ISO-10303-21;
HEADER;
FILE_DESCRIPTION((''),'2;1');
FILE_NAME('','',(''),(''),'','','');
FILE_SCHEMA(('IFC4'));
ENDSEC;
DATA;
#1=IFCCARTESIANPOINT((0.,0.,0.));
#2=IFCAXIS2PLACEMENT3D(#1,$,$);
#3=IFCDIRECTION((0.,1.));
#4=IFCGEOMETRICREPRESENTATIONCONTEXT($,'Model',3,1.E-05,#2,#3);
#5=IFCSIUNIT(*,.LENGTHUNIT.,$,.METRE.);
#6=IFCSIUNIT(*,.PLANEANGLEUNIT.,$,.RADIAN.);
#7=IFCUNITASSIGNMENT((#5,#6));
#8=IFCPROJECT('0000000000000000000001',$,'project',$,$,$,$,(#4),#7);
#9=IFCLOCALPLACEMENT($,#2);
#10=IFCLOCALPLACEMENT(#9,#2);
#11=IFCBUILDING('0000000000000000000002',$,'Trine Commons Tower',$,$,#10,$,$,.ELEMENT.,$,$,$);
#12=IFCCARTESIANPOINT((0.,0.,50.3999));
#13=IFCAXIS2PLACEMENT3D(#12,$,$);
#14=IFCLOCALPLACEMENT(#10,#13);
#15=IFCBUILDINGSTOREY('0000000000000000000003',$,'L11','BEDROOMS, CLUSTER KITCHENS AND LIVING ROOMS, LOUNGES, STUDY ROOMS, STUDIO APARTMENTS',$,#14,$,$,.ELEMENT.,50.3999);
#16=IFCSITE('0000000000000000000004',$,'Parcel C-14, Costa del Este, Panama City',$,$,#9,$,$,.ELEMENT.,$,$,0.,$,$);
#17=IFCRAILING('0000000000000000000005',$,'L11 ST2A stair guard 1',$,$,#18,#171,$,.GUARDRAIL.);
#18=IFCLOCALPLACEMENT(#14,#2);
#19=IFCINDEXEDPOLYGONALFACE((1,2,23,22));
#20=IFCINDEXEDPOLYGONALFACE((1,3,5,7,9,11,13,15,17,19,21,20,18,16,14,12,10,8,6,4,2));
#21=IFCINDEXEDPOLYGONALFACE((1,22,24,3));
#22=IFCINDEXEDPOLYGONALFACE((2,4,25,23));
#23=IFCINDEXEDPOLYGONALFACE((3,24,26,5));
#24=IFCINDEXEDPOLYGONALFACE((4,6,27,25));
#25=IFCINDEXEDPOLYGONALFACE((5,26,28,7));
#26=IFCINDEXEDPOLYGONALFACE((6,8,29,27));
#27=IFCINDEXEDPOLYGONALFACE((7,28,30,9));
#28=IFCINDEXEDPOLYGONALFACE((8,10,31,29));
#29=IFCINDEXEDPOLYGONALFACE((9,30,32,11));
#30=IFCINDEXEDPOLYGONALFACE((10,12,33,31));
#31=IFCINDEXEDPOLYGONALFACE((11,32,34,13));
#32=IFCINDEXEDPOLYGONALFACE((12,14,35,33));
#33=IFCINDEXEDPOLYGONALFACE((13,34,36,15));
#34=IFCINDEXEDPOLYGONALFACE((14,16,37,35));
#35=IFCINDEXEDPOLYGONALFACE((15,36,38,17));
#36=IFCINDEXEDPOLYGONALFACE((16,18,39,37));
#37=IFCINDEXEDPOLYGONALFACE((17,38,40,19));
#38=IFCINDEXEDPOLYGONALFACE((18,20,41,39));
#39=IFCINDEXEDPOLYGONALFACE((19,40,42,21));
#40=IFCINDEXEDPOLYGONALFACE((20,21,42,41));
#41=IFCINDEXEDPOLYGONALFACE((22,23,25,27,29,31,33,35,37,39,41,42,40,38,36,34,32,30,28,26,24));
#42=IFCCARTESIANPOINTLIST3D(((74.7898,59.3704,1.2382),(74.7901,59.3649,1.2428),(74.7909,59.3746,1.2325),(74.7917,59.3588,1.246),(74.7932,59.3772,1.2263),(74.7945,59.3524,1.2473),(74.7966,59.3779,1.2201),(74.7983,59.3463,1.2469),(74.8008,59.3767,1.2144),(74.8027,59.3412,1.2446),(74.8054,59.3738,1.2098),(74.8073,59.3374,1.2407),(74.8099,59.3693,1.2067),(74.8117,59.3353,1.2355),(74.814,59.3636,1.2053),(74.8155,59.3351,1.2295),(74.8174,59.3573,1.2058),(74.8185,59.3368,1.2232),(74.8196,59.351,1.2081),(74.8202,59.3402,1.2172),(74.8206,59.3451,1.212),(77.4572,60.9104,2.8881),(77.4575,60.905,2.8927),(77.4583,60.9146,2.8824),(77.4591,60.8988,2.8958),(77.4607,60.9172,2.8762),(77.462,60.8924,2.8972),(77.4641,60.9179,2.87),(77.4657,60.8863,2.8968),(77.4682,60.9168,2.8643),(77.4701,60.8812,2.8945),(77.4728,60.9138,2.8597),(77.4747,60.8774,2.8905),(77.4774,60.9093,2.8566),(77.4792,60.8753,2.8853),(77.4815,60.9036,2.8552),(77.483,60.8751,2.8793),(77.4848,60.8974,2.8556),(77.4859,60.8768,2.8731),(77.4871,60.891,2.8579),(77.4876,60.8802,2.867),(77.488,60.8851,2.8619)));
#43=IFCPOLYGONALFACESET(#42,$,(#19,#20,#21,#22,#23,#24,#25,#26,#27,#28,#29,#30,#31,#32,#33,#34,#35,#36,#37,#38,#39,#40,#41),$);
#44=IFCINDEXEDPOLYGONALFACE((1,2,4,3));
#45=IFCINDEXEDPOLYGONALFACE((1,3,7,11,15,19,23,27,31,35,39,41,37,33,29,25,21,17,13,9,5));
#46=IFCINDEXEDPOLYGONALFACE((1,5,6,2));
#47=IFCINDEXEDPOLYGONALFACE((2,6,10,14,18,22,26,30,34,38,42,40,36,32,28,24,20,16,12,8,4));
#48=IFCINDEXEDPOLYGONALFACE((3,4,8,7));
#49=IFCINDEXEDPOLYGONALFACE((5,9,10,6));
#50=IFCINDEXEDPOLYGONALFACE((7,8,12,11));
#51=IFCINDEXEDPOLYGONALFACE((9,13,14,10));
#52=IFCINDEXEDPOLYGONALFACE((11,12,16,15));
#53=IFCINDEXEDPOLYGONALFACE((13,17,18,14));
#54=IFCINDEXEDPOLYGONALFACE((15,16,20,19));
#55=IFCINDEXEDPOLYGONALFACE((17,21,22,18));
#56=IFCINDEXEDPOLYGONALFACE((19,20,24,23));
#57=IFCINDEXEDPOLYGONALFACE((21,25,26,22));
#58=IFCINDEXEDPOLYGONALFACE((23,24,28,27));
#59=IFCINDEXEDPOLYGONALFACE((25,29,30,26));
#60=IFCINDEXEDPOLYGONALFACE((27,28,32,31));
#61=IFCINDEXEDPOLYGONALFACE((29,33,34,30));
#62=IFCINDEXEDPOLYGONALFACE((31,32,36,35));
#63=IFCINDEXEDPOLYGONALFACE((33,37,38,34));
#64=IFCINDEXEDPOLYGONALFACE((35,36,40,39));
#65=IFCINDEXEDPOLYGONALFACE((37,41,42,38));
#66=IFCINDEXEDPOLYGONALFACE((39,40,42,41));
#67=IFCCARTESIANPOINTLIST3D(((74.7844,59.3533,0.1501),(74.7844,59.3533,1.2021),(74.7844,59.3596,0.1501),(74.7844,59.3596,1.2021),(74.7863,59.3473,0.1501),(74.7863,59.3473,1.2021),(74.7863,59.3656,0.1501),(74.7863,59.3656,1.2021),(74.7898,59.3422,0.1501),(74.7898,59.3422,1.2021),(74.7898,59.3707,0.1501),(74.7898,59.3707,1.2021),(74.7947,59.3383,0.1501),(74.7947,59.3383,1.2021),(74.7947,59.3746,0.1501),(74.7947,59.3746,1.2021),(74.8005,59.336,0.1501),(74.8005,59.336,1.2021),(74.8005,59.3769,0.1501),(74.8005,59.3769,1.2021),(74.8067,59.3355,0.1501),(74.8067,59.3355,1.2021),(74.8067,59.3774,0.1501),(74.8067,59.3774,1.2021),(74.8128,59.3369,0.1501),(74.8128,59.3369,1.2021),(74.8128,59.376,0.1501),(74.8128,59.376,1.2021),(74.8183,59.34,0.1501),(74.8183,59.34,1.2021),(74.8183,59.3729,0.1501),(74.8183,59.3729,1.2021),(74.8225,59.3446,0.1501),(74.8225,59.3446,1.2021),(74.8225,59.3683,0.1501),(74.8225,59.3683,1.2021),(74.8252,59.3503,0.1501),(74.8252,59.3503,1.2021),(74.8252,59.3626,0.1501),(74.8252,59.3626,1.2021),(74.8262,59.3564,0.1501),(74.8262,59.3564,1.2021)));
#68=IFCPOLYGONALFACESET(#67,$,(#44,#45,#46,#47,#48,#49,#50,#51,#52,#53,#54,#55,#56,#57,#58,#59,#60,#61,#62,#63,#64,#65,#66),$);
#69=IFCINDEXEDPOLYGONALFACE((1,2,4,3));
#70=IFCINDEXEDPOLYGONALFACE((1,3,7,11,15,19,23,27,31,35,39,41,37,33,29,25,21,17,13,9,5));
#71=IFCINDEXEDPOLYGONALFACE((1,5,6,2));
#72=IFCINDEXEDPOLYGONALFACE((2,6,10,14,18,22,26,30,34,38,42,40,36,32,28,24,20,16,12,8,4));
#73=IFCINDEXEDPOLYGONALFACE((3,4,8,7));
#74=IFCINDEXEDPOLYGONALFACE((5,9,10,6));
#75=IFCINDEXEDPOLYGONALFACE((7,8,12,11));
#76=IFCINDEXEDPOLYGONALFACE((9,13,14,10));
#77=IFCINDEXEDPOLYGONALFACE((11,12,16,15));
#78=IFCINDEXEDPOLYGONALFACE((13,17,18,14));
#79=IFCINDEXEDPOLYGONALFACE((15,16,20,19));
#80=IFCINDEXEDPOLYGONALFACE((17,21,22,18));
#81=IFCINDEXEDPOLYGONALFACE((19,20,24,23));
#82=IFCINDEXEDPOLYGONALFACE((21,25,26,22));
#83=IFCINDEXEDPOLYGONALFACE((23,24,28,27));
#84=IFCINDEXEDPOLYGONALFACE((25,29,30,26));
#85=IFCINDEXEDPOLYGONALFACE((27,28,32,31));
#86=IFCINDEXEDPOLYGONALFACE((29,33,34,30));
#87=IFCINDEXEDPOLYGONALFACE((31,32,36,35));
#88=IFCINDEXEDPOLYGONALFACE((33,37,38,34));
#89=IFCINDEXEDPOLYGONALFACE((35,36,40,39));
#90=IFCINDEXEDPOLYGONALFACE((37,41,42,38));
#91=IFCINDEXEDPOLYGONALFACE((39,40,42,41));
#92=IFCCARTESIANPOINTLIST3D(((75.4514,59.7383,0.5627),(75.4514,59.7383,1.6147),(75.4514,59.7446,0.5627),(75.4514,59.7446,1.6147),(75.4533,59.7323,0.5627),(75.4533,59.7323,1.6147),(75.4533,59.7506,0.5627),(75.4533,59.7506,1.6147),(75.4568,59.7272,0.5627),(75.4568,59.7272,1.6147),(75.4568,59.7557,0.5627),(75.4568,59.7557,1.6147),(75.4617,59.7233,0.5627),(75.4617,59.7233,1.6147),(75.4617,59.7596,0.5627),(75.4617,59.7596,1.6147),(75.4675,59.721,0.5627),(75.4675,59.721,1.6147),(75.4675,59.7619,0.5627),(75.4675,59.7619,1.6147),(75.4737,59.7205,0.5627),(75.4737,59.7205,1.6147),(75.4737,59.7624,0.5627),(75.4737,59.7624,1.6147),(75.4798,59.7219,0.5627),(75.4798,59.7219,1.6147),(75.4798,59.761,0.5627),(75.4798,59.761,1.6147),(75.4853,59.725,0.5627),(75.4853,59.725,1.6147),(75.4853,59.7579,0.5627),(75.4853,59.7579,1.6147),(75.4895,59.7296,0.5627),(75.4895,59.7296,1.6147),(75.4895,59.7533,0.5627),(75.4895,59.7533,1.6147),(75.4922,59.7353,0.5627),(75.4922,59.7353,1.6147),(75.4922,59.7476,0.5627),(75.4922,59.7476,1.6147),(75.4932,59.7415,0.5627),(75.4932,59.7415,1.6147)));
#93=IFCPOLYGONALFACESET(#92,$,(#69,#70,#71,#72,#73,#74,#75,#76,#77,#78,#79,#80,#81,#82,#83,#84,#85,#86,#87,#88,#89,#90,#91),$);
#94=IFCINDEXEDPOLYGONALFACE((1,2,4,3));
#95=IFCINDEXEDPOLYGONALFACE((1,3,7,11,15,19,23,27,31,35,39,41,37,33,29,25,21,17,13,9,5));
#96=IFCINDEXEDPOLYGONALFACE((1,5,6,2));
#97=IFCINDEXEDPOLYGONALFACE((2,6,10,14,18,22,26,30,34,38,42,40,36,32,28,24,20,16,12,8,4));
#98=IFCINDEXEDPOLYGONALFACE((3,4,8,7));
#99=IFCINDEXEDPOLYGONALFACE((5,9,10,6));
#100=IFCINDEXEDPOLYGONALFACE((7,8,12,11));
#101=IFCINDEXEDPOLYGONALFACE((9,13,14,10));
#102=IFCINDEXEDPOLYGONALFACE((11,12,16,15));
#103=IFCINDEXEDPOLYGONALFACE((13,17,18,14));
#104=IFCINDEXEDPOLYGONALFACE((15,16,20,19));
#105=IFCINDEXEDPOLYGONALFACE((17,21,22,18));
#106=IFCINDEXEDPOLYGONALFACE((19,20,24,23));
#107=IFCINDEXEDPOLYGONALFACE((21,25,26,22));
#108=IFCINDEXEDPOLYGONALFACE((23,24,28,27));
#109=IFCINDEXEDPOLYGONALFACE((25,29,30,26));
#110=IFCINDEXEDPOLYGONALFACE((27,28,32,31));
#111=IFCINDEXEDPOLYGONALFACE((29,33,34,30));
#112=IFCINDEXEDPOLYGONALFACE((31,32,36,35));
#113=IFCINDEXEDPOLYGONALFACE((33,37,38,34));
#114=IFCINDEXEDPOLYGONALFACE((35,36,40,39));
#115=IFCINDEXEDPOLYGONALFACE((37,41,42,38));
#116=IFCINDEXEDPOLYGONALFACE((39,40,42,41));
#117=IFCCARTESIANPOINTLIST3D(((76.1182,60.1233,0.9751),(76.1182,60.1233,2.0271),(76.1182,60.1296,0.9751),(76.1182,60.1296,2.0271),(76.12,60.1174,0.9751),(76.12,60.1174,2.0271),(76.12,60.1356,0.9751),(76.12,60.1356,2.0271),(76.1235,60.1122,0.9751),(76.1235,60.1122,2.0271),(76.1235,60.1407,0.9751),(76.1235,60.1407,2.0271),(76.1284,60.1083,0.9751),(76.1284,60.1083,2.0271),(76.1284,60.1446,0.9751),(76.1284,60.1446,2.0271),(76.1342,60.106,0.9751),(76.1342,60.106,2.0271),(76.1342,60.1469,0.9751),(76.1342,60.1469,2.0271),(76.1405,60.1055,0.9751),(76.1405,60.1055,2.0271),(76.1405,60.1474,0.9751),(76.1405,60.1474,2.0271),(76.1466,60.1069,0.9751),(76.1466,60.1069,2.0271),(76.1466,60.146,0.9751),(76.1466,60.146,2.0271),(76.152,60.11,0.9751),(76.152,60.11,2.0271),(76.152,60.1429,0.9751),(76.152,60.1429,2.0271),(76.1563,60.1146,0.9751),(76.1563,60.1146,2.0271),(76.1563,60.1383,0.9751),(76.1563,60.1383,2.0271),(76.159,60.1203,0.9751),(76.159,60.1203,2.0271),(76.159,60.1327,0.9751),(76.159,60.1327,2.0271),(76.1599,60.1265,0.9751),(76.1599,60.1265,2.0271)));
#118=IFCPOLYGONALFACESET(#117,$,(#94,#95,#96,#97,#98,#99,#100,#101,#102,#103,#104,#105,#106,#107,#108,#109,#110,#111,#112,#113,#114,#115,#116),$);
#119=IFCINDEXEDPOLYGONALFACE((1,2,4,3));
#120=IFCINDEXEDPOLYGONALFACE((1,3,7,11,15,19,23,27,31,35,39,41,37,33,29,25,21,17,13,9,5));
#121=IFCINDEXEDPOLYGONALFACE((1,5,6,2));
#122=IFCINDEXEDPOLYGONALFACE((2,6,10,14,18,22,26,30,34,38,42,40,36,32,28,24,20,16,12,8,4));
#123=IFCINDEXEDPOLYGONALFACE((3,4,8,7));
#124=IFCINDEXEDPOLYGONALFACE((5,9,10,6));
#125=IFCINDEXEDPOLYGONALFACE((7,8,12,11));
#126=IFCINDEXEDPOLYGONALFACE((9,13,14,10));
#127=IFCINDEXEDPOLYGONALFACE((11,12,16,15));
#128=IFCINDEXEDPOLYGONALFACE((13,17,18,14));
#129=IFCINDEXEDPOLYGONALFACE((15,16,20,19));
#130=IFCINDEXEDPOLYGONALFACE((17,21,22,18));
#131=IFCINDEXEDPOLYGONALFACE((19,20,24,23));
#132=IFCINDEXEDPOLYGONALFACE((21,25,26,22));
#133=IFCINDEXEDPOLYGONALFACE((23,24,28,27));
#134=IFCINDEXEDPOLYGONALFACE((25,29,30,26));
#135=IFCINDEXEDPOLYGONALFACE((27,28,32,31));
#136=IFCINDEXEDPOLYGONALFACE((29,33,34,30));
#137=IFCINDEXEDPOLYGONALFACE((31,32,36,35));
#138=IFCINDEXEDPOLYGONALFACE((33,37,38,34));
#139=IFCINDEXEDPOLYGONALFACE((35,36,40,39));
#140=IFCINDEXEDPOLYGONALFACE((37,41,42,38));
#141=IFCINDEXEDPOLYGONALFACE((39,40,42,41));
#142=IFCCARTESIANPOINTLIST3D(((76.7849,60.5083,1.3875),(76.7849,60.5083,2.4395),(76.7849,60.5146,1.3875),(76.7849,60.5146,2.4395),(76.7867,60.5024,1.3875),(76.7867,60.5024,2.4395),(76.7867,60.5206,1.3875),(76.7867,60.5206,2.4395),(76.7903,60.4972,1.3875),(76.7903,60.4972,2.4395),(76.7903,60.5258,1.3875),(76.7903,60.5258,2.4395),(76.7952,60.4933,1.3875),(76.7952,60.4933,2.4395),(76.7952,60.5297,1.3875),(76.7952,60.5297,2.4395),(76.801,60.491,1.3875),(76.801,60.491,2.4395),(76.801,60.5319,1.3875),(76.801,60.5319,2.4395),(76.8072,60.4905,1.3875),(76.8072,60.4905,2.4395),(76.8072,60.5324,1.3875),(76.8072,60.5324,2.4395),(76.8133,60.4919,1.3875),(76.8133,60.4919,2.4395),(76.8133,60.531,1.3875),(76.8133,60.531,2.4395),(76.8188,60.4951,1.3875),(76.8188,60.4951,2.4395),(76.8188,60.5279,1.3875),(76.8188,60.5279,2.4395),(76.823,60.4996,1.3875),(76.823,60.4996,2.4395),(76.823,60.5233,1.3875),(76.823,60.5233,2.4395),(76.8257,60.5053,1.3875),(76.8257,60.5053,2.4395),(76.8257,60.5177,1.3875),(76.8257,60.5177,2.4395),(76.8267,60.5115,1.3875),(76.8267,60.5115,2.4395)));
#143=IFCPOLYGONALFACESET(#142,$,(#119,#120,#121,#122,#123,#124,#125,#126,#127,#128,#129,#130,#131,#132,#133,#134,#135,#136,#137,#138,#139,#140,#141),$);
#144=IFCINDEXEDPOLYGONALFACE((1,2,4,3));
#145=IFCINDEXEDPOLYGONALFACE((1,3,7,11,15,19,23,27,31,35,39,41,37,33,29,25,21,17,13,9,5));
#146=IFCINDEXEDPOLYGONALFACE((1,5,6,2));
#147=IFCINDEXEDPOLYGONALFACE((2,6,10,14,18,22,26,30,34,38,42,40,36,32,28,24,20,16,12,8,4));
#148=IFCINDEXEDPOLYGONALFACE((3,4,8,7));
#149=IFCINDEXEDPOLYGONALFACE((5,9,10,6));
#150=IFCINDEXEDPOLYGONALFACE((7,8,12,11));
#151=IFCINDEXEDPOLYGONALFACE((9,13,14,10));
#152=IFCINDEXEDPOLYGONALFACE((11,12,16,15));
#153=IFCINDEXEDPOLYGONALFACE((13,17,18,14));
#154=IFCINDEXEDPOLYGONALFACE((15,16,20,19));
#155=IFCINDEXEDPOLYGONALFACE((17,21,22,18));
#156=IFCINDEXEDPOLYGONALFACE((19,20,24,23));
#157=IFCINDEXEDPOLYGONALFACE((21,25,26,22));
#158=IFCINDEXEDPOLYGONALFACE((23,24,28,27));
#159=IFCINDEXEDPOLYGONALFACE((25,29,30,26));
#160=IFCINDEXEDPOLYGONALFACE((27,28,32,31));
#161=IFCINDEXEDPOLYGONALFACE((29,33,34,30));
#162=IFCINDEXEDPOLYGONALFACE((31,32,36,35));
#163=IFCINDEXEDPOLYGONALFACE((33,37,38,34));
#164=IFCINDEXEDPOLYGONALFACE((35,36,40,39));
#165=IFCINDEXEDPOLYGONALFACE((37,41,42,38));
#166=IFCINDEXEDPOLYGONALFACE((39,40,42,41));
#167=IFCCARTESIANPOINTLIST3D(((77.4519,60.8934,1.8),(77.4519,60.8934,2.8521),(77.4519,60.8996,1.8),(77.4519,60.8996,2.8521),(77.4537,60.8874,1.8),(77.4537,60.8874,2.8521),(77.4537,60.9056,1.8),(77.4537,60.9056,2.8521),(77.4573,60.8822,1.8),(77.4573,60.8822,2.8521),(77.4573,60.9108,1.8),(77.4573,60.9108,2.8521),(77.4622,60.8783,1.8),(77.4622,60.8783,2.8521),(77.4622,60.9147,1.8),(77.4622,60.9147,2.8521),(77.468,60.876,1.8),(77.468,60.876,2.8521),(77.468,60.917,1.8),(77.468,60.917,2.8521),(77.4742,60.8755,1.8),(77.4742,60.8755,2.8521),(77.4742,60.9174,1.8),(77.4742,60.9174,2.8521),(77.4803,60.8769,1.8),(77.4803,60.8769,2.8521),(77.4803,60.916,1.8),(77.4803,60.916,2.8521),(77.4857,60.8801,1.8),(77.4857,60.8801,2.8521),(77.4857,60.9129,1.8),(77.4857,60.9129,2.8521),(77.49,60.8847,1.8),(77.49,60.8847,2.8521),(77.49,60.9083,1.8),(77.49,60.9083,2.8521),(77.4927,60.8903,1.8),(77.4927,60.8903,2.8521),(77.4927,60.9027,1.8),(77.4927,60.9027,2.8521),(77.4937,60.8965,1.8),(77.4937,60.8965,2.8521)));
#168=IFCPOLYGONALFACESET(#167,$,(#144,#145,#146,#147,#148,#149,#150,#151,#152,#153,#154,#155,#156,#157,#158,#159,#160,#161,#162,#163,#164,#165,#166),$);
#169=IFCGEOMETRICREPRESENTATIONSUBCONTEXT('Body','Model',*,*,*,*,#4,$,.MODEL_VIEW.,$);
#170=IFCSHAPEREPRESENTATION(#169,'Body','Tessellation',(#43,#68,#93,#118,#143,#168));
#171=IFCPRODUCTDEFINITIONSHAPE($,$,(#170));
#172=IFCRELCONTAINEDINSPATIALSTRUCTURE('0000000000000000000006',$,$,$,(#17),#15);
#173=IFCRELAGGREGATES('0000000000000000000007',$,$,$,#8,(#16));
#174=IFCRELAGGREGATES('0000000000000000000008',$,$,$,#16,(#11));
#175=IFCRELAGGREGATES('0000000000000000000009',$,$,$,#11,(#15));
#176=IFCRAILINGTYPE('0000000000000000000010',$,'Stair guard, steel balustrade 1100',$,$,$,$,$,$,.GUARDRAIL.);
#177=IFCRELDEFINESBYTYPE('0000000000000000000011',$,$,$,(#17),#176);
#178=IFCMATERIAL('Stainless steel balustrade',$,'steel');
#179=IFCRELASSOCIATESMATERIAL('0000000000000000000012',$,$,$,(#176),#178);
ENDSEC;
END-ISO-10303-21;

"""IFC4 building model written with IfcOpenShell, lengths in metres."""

from ifc_helpers import new_model, si_unit, direction, frame, origin, origin_2d, place, context, subcontext, project, spatial, circle, extrude, material, type_object, element, save


model = new_model("IFC4")

# Units and contexts
model_context = context("Model", 3, precision=1e-05, world=origin(), true_north=direction((0.0, 1.0)))
body_context = subcontext(model_context, "Body", "Model", "MODEL_VIEW")
ifc_project = project(units=[si_unit("LENGTHUNIT", "METRE"), si_unit("PLANEANGLEUNIT", "RADIAN")], contexts=[model_context])

# Site, building, storey
site_placement = place(None, origin())
site = spatial("IfcSite", under=ifc_project, at=site_placement, Name="Parcel C-14, Costa del Este, Panama City", CompositionType="ELEMENT", RefElevation=0.0)
building_placement = place(site_placement, origin())
building = spatial("IfcBuilding", under=site, at=building_placement, Name="Trine Commons Tower", CompositionType="ELEMENT")
storey_placement = place(building_placement, frame((0.0, 0.0, 50.3999)))
storey = spatial("IfcBuildingStorey", under=building, at=storey_placement, Name="L11", Description="BEDROOMS, CLUSTER KITCHENS AND LIVING ROOMS, LOUNGES, STUDY ROOMS, STUDIO APARTMENTS", CompositionType="ELEMENT", Elevation=50.3999)

# Railing
ifc_material_1 = material(Name="Stainless steel balustrade", Category="steel")
railing_type_1 = type_object("IfcRailingType", Name="Stair guard, steel balustrade 1100", PredefinedType="GUARDRAIL", material=ifc_material_1)
railing_1_placement = place(storey_placement, frame((74.8052, 59.3564, 0.1501)))
element("IfcRailing", 1, at=railing_1_placement, inside=storey, type_object=railing_type_1, Name="L11 ST2A stair guard 1", PredefinedType="GUARDRAIL", context=body_context, shape_type="SweptSolid", body=[
    extrude(circle(Radius=0.0239, at=origin_2d()), frame((0.0, 0.0, 1.0762), z_axis=(0.763405, 0.440743, 0.472185), x_axis=(-0.499992, 0.86603, 0.0)), (0.0, 0.0, 1.0), 3.4941),
    extrude(circle(Radius=0.021, at=origin_2d()), origin(), (0.0, 0.0, 1.0), 1.052),
    extrude(circle(Radius=0.021, at=origin_2d()), frame((0.667, 0.385, 0.4126)), (0.0, 0.0, 1.0), 1.052),
    extrude(circle(Radius=0.021, at=origin_2d()), frame((1.3337, 0.77, 0.825)), (0.0, 0.0, 1.0), 1.052),
    extrude(circle(Radius=0.021, at=origin_2d()), frame((2.0005, 1.155, 1.2373)), (0.0, 0.0, 1.0), 1.052),
    extrude(circle(Radius=0.021, at=origin_2d()), frame((2.6675, 1.54, 1.6499)), (0.0, 0.0, 1.0), 1.052),
])

save(model, "model.ifc")
